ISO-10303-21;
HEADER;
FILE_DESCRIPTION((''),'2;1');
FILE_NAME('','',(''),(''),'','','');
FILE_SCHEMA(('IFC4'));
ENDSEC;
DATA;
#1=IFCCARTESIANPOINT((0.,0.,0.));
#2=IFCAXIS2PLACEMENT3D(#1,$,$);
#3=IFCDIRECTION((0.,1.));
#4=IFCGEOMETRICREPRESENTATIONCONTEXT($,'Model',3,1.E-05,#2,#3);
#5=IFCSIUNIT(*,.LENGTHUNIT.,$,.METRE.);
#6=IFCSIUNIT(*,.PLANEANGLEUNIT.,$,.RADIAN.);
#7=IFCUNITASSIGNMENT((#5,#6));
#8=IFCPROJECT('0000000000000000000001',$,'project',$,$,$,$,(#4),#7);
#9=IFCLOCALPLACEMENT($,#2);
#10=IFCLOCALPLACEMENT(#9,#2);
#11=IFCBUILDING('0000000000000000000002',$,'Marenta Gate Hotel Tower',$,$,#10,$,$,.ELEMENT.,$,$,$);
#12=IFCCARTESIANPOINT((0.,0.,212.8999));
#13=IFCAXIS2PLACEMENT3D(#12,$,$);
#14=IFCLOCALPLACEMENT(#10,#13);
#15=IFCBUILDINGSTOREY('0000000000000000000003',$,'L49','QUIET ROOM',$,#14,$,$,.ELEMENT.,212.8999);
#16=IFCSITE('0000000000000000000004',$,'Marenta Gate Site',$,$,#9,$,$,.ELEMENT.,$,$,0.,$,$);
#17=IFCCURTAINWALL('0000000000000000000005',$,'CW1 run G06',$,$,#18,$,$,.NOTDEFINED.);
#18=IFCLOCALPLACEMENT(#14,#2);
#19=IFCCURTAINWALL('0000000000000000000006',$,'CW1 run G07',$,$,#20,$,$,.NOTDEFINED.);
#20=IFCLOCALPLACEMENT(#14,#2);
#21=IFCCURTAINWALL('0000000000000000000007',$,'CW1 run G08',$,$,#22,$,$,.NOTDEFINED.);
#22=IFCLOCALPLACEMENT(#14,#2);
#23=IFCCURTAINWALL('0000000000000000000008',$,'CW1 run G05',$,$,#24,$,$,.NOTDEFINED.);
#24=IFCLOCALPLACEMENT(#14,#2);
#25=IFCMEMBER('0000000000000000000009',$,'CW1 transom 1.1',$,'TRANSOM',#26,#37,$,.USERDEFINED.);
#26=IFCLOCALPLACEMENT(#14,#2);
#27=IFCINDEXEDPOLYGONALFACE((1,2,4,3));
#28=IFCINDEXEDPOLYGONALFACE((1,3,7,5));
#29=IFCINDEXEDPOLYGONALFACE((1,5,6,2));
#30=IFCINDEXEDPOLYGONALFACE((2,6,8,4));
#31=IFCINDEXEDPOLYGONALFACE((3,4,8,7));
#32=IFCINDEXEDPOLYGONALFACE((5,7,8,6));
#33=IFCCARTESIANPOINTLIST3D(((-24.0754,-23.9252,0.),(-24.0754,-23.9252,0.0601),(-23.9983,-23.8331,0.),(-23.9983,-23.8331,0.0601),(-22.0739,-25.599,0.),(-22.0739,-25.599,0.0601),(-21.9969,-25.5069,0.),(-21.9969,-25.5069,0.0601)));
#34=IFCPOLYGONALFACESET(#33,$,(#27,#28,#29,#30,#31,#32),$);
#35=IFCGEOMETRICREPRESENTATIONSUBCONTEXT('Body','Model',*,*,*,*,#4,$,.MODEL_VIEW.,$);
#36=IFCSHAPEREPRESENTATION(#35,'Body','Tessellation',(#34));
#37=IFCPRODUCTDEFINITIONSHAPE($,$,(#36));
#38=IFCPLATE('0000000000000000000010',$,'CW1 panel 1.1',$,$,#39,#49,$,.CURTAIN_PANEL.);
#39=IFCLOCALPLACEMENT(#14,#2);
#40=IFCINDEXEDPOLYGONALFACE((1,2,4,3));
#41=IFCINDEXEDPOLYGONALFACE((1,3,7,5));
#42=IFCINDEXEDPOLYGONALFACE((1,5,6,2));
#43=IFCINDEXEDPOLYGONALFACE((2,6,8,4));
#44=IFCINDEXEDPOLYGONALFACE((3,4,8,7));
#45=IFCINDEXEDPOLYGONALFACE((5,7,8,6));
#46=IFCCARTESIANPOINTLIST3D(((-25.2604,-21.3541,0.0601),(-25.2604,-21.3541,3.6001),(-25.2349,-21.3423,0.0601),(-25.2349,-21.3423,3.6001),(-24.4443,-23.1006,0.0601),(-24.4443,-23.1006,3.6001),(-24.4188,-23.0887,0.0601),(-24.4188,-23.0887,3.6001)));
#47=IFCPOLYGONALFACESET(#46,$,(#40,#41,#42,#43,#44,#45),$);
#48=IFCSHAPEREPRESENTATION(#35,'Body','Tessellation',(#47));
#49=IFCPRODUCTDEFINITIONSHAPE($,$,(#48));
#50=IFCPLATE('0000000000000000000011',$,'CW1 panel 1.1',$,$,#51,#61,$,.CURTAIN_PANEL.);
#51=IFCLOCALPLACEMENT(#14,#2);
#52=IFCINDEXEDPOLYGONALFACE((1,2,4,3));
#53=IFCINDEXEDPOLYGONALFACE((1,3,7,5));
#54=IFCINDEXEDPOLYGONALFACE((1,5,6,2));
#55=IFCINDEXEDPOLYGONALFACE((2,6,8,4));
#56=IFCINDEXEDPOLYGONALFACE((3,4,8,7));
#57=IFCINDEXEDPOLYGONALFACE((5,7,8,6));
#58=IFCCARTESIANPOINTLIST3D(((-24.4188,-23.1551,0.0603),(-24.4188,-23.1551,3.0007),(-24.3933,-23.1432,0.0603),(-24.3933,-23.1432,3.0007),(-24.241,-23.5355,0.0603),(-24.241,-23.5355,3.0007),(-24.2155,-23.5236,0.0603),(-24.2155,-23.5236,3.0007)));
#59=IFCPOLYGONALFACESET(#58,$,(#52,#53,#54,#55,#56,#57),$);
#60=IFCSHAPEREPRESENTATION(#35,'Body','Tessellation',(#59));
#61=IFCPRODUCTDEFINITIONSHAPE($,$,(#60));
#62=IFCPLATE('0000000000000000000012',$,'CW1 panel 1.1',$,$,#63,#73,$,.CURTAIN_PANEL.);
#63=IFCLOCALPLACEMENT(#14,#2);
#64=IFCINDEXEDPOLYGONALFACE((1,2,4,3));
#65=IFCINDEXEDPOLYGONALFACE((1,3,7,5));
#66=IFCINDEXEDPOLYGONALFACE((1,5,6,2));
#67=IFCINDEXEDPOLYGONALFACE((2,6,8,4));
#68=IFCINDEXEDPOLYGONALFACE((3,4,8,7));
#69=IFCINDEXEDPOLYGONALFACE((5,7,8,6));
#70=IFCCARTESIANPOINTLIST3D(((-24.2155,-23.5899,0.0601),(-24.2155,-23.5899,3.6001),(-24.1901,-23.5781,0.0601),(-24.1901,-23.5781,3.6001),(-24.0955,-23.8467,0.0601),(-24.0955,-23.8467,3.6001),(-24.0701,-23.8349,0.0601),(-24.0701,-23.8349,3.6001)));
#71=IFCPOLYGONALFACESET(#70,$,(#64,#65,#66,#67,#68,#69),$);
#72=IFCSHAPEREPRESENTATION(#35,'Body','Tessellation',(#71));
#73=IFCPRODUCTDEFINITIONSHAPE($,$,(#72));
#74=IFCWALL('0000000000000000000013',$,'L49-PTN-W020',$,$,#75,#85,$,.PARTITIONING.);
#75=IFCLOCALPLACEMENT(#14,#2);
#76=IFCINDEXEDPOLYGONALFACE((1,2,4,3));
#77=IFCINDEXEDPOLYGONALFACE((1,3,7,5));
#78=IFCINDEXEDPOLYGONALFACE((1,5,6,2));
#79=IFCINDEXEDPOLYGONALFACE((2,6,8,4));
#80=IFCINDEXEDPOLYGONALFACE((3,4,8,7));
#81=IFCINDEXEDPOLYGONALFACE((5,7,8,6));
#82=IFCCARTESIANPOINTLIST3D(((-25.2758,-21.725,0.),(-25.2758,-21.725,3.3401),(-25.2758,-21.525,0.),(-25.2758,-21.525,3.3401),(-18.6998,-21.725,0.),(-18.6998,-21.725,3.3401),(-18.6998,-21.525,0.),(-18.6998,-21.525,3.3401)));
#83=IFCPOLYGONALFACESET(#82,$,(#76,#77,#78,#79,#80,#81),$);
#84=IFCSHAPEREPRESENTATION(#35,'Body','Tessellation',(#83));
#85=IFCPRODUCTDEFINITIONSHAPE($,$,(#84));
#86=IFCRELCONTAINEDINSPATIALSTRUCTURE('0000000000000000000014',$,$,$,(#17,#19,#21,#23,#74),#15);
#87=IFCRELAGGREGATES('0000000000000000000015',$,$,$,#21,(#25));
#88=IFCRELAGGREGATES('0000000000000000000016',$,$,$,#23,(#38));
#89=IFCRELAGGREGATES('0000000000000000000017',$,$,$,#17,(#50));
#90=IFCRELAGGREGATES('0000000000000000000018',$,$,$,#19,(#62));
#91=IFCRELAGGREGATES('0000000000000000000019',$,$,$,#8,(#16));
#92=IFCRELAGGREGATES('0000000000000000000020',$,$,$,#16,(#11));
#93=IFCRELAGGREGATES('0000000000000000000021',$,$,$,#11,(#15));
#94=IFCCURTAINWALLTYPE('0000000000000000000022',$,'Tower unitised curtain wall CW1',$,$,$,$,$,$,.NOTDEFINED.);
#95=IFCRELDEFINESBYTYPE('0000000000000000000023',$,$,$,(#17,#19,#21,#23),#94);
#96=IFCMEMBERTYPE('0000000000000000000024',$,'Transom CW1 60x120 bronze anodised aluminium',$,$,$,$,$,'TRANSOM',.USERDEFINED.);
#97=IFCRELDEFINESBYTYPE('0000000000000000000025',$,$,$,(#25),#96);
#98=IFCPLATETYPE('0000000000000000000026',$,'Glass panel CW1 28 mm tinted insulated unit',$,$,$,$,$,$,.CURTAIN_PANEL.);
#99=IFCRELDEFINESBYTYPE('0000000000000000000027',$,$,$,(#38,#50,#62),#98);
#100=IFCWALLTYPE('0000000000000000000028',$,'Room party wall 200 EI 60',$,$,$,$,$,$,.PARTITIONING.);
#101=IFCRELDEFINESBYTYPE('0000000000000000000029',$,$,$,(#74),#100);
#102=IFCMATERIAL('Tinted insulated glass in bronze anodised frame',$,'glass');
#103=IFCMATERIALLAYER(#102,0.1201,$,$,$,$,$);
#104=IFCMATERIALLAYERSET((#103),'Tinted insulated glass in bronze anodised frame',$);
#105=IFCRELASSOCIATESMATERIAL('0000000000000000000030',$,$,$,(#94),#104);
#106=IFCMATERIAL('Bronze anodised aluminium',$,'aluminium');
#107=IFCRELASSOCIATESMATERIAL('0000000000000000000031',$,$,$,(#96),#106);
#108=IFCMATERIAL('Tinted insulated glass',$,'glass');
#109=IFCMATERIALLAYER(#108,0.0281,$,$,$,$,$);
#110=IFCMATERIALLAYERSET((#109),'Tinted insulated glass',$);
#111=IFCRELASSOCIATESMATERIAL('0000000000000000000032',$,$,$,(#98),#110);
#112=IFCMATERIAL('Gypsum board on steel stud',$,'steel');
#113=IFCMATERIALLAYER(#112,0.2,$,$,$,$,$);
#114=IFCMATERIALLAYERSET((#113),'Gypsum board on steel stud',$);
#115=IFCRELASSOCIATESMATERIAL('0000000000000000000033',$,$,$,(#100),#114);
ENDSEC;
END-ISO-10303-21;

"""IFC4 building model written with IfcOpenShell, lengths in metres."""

from ifc_helpers import new_model, si_unit, direction, frame, frame_2d, origin, origin_2d, place, context, subcontext, project, spatial, rectangle, extrude, material, layer, layer_set, material_profile, profile_set, type_object, element, aggregate, save


model = new_model("IFC4")

# Units and contexts
model_context = context("Model", 3, precision=1e-05, world=origin(), true_north=direction((0.0, 1.0)))
body_context = subcontext(model_context, "Body", "Model", "MODEL_VIEW")
ifc_project = project(units=[si_unit("LENGTHUNIT", "METRE"), si_unit("PLANEANGLEUNIT", "RADIAN")], contexts=[model_context])

# Site, building, storey
site_placement = place(None, origin())
site = spatial("IfcSite", under=ifc_project, at=site_placement, Name="Marenta Gate Site", CompositionType="ELEMENT", RefElevation=0.0)
building_placement = place(site_placement, origin())
building = spatial("IfcBuilding", under=site, at=building_placement, Name="Marenta Gate Hotel Tower", CompositionType="ELEMENT")
storey_placement = place(building_placement, frame((0.0, 0.0, 212.8999)))
storey = spatial("IfcBuildingStorey", under=building, at=storey_placement, Name="L49", Description="QUIET ROOM", CompositionType="ELEMENT", Elevation=212.8999)

# Curtain walls
ifc_material_1 = material(Name="Tinted insulated glass in bronze anodised frame", Category="glass")
ifc_layer_1 = layer(ifc_material_1, 0.1201)
ifc_layer_set_1 = layer_set([ifc_layer_1], Name="Tinted insulated glass in bronze anodised frame")
curtain_wall_type = type_object("IfcCurtainWallType", Name="Tower unitised curtain wall CW1", PredefinedType="NOTDEFINED", material=ifc_layer_set_1)
curtain_wall_1_placement = place(storey_placement, origin())
curtain_wall_1 = element("IfcCurtainWall", 1, at=curtain_wall_1_placement, inside=storey, type_object=curtain_wall_type, Name="CW1 run G06", PredefinedType="NOTDEFINED")
curtain_wall_2_placement = place(storey_placement, origin())
curtain_wall_2 = element("IfcCurtainWall", 2, at=curtain_wall_2_placement, inside=storey, type_object=curtain_wall_type, Name="CW1 run G07", PredefinedType="NOTDEFINED")
curtain_wall_3_placement = place(storey_placement, origin())
curtain_wall_3 = element("IfcCurtainWall", 3, at=curtain_wall_3_placement, inside=storey, type_object=curtain_wall_type, Name="CW1 run G08", PredefinedType="NOTDEFINED")
curtain_wall_4_placement = place(storey_placement, origin())
curtain_wall_4 = element("IfcCurtainWall", 4, at=curtain_wall_4_placement, inside=storey, type_object=curtain_wall_type, Name="CW1 run G05", PredefinedType="NOTDEFINED")
ifc_material_2 = material(Name="Bronze anodised aluminium", Category="aluminium")
ifc_material_profile_1 = material_profile(ifc_material_2, rectangle(XDim=0.1201, YDim=0.0601, at=origin_2d()), Name="Transom CW1 60x120 bronze anodised aluminium")
ifc_profile_set_1 = profile_set([ifc_material_profile_1], Name="Bronze anodised aluminium")
member_type_1 = type_object("IfcMemberType", Name="Transom CW1 60x120 bronze anodised aluminium", ElementType="TRANSOM", PredefinedType="USERDEFINED", material=ifc_profile_set_1)

# Member
member_1_placement = place(storey_placement, frame((-24.0369, -23.8792, 0.03), z_axis=(0.7671, -0.641527, 0.0), x_axis=(0.641527, 0.7671, 0.0)))
member_1 = element("IfcMember", 5, at=member_1_placement, type_object=member_type_1, Name="CW1 transom 1.1", ObjectType="TRANSOM", PredefinedType="USERDEFINED", context=body_context, shape_type="SweptSolid", body=[
    extrude(rectangle(XDim=0.1201, YDim=0.0601, at=origin_2d()), origin(), (0.0, 0.0, 1.0), 2.6091),
])
aggregate(curtain_wall_3, [member_1])

# Plates
ifc_material_3 = material(Name="Tinted insulated glass", Category="glass")
ifc_layer_2 = layer(ifc_material_3, 0.0281)
ifc_layer_set_2 = layer_set([ifc_layer_2], Name="Tinted insulated glass")
plate_type = type_object("IfcPlateType", Name="Glass panel CW1 28 mm tinted insulated unit", PredefinedType="CURTAIN_PANEL", material=ifc_layer_set_2)
plate_1_placement = place(storey_placement, frame((-24.8396, -22.2214, 0.0601), z_axis=(0.0, 0.0, 1.0), x_axis=(0.423332, -0.905975, 0.0)))
plate_1 = element("IfcPlate", 6, at=plate_1_placement, type_object=plate_type, Name="CW1 panel 1.1", PredefinedType="CURTAIN_PANEL", context=body_context, shape_type="SweptSolid", body=[
    extrude(rectangle(XDim=1.9277, YDim=0.0281, at=origin_2d()), origin(), (0.0, 0.0, 1.0), 3.54),
])
aggregate(curtain_wall_4, [plate_1])
plate_2_placement = place(storey_placement, frame((-24.3171, -23.3394, 0.0603), z_axis=(0.0, 0.0, 1.0), x_axis=(0.423387, -0.905949, 0.0)))
plate_2 = element("IfcPlate", 7, at=plate_2_placement, type_object=plate_type, Name="CW1 panel 1.1", PredefinedType="CURTAIN_PANEL", context=body_context, shape_type="SweptSolid", body=[
    extrude(rectangle(XDim=0.4199, YDim=0.0281, at=origin_2d()), origin(), (0.0, 0.0, 1.0), 2.9404),
])
aggregate(curtain_wall_1, [plate_2])
plate_3_placement = place(storey_placement, frame((-24.1428, -23.7124, 0.0601), z_axis=(0.0, 0.0, 1.0), x_axis=(0.4233, -0.90599, 0.0)))
plate_3 = element("IfcPlate", 8, at=plate_3_placement, type_object=plate_type, Name="CW1 panel 1.1", PredefinedType="CURTAIN_PANEL", context=body_context, shape_type="SweptSolid", body=[
    extrude(rectangle(XDim=0.2834, YDim=0.0281, at=origin_2d()), origin(), (0.0, 0.0, 1.0), 3.54),
])
aggregate(curtain_wall_2, [plate_3])

# Wall
ifc_material_4 = material(Name="Gypsum board on steel stud", Category="steel")
ifc_layer_3 = layer(ifc_material_4, 0.2)
ifc_layer_set_3 = layer_set([ifc_layer_3], Name="Gypsum board on steel stud")
wall_type = type_object("IfcWallType", Name="Room party wall 200 EI 60", PredefinedType="PARTITIONING", material=ifc_layer_set_3)
wall_placement = place(storey_placement, frame((-25.2759, -21.625, 0.0), z_axis=(0.0, 0.0, 1.0), x_axis=(1.0, 0.0, 0.0)))
element("IfcWall", 9, at=wall_placement, inside=storey, type_object=wall_type, Name="L49-PTN-W020", PredefinedType="PARTITIONING", context=body_context, shape_type="SweptSolid", body=[
    extrude(rectangle(XDim=6.5759, YDim=0.2, at=frame_2d((3.2881, 0.0))), origin(), (0.0, 0.0, 1.0), 3.3401),
])

save(model, "model.ifc")
